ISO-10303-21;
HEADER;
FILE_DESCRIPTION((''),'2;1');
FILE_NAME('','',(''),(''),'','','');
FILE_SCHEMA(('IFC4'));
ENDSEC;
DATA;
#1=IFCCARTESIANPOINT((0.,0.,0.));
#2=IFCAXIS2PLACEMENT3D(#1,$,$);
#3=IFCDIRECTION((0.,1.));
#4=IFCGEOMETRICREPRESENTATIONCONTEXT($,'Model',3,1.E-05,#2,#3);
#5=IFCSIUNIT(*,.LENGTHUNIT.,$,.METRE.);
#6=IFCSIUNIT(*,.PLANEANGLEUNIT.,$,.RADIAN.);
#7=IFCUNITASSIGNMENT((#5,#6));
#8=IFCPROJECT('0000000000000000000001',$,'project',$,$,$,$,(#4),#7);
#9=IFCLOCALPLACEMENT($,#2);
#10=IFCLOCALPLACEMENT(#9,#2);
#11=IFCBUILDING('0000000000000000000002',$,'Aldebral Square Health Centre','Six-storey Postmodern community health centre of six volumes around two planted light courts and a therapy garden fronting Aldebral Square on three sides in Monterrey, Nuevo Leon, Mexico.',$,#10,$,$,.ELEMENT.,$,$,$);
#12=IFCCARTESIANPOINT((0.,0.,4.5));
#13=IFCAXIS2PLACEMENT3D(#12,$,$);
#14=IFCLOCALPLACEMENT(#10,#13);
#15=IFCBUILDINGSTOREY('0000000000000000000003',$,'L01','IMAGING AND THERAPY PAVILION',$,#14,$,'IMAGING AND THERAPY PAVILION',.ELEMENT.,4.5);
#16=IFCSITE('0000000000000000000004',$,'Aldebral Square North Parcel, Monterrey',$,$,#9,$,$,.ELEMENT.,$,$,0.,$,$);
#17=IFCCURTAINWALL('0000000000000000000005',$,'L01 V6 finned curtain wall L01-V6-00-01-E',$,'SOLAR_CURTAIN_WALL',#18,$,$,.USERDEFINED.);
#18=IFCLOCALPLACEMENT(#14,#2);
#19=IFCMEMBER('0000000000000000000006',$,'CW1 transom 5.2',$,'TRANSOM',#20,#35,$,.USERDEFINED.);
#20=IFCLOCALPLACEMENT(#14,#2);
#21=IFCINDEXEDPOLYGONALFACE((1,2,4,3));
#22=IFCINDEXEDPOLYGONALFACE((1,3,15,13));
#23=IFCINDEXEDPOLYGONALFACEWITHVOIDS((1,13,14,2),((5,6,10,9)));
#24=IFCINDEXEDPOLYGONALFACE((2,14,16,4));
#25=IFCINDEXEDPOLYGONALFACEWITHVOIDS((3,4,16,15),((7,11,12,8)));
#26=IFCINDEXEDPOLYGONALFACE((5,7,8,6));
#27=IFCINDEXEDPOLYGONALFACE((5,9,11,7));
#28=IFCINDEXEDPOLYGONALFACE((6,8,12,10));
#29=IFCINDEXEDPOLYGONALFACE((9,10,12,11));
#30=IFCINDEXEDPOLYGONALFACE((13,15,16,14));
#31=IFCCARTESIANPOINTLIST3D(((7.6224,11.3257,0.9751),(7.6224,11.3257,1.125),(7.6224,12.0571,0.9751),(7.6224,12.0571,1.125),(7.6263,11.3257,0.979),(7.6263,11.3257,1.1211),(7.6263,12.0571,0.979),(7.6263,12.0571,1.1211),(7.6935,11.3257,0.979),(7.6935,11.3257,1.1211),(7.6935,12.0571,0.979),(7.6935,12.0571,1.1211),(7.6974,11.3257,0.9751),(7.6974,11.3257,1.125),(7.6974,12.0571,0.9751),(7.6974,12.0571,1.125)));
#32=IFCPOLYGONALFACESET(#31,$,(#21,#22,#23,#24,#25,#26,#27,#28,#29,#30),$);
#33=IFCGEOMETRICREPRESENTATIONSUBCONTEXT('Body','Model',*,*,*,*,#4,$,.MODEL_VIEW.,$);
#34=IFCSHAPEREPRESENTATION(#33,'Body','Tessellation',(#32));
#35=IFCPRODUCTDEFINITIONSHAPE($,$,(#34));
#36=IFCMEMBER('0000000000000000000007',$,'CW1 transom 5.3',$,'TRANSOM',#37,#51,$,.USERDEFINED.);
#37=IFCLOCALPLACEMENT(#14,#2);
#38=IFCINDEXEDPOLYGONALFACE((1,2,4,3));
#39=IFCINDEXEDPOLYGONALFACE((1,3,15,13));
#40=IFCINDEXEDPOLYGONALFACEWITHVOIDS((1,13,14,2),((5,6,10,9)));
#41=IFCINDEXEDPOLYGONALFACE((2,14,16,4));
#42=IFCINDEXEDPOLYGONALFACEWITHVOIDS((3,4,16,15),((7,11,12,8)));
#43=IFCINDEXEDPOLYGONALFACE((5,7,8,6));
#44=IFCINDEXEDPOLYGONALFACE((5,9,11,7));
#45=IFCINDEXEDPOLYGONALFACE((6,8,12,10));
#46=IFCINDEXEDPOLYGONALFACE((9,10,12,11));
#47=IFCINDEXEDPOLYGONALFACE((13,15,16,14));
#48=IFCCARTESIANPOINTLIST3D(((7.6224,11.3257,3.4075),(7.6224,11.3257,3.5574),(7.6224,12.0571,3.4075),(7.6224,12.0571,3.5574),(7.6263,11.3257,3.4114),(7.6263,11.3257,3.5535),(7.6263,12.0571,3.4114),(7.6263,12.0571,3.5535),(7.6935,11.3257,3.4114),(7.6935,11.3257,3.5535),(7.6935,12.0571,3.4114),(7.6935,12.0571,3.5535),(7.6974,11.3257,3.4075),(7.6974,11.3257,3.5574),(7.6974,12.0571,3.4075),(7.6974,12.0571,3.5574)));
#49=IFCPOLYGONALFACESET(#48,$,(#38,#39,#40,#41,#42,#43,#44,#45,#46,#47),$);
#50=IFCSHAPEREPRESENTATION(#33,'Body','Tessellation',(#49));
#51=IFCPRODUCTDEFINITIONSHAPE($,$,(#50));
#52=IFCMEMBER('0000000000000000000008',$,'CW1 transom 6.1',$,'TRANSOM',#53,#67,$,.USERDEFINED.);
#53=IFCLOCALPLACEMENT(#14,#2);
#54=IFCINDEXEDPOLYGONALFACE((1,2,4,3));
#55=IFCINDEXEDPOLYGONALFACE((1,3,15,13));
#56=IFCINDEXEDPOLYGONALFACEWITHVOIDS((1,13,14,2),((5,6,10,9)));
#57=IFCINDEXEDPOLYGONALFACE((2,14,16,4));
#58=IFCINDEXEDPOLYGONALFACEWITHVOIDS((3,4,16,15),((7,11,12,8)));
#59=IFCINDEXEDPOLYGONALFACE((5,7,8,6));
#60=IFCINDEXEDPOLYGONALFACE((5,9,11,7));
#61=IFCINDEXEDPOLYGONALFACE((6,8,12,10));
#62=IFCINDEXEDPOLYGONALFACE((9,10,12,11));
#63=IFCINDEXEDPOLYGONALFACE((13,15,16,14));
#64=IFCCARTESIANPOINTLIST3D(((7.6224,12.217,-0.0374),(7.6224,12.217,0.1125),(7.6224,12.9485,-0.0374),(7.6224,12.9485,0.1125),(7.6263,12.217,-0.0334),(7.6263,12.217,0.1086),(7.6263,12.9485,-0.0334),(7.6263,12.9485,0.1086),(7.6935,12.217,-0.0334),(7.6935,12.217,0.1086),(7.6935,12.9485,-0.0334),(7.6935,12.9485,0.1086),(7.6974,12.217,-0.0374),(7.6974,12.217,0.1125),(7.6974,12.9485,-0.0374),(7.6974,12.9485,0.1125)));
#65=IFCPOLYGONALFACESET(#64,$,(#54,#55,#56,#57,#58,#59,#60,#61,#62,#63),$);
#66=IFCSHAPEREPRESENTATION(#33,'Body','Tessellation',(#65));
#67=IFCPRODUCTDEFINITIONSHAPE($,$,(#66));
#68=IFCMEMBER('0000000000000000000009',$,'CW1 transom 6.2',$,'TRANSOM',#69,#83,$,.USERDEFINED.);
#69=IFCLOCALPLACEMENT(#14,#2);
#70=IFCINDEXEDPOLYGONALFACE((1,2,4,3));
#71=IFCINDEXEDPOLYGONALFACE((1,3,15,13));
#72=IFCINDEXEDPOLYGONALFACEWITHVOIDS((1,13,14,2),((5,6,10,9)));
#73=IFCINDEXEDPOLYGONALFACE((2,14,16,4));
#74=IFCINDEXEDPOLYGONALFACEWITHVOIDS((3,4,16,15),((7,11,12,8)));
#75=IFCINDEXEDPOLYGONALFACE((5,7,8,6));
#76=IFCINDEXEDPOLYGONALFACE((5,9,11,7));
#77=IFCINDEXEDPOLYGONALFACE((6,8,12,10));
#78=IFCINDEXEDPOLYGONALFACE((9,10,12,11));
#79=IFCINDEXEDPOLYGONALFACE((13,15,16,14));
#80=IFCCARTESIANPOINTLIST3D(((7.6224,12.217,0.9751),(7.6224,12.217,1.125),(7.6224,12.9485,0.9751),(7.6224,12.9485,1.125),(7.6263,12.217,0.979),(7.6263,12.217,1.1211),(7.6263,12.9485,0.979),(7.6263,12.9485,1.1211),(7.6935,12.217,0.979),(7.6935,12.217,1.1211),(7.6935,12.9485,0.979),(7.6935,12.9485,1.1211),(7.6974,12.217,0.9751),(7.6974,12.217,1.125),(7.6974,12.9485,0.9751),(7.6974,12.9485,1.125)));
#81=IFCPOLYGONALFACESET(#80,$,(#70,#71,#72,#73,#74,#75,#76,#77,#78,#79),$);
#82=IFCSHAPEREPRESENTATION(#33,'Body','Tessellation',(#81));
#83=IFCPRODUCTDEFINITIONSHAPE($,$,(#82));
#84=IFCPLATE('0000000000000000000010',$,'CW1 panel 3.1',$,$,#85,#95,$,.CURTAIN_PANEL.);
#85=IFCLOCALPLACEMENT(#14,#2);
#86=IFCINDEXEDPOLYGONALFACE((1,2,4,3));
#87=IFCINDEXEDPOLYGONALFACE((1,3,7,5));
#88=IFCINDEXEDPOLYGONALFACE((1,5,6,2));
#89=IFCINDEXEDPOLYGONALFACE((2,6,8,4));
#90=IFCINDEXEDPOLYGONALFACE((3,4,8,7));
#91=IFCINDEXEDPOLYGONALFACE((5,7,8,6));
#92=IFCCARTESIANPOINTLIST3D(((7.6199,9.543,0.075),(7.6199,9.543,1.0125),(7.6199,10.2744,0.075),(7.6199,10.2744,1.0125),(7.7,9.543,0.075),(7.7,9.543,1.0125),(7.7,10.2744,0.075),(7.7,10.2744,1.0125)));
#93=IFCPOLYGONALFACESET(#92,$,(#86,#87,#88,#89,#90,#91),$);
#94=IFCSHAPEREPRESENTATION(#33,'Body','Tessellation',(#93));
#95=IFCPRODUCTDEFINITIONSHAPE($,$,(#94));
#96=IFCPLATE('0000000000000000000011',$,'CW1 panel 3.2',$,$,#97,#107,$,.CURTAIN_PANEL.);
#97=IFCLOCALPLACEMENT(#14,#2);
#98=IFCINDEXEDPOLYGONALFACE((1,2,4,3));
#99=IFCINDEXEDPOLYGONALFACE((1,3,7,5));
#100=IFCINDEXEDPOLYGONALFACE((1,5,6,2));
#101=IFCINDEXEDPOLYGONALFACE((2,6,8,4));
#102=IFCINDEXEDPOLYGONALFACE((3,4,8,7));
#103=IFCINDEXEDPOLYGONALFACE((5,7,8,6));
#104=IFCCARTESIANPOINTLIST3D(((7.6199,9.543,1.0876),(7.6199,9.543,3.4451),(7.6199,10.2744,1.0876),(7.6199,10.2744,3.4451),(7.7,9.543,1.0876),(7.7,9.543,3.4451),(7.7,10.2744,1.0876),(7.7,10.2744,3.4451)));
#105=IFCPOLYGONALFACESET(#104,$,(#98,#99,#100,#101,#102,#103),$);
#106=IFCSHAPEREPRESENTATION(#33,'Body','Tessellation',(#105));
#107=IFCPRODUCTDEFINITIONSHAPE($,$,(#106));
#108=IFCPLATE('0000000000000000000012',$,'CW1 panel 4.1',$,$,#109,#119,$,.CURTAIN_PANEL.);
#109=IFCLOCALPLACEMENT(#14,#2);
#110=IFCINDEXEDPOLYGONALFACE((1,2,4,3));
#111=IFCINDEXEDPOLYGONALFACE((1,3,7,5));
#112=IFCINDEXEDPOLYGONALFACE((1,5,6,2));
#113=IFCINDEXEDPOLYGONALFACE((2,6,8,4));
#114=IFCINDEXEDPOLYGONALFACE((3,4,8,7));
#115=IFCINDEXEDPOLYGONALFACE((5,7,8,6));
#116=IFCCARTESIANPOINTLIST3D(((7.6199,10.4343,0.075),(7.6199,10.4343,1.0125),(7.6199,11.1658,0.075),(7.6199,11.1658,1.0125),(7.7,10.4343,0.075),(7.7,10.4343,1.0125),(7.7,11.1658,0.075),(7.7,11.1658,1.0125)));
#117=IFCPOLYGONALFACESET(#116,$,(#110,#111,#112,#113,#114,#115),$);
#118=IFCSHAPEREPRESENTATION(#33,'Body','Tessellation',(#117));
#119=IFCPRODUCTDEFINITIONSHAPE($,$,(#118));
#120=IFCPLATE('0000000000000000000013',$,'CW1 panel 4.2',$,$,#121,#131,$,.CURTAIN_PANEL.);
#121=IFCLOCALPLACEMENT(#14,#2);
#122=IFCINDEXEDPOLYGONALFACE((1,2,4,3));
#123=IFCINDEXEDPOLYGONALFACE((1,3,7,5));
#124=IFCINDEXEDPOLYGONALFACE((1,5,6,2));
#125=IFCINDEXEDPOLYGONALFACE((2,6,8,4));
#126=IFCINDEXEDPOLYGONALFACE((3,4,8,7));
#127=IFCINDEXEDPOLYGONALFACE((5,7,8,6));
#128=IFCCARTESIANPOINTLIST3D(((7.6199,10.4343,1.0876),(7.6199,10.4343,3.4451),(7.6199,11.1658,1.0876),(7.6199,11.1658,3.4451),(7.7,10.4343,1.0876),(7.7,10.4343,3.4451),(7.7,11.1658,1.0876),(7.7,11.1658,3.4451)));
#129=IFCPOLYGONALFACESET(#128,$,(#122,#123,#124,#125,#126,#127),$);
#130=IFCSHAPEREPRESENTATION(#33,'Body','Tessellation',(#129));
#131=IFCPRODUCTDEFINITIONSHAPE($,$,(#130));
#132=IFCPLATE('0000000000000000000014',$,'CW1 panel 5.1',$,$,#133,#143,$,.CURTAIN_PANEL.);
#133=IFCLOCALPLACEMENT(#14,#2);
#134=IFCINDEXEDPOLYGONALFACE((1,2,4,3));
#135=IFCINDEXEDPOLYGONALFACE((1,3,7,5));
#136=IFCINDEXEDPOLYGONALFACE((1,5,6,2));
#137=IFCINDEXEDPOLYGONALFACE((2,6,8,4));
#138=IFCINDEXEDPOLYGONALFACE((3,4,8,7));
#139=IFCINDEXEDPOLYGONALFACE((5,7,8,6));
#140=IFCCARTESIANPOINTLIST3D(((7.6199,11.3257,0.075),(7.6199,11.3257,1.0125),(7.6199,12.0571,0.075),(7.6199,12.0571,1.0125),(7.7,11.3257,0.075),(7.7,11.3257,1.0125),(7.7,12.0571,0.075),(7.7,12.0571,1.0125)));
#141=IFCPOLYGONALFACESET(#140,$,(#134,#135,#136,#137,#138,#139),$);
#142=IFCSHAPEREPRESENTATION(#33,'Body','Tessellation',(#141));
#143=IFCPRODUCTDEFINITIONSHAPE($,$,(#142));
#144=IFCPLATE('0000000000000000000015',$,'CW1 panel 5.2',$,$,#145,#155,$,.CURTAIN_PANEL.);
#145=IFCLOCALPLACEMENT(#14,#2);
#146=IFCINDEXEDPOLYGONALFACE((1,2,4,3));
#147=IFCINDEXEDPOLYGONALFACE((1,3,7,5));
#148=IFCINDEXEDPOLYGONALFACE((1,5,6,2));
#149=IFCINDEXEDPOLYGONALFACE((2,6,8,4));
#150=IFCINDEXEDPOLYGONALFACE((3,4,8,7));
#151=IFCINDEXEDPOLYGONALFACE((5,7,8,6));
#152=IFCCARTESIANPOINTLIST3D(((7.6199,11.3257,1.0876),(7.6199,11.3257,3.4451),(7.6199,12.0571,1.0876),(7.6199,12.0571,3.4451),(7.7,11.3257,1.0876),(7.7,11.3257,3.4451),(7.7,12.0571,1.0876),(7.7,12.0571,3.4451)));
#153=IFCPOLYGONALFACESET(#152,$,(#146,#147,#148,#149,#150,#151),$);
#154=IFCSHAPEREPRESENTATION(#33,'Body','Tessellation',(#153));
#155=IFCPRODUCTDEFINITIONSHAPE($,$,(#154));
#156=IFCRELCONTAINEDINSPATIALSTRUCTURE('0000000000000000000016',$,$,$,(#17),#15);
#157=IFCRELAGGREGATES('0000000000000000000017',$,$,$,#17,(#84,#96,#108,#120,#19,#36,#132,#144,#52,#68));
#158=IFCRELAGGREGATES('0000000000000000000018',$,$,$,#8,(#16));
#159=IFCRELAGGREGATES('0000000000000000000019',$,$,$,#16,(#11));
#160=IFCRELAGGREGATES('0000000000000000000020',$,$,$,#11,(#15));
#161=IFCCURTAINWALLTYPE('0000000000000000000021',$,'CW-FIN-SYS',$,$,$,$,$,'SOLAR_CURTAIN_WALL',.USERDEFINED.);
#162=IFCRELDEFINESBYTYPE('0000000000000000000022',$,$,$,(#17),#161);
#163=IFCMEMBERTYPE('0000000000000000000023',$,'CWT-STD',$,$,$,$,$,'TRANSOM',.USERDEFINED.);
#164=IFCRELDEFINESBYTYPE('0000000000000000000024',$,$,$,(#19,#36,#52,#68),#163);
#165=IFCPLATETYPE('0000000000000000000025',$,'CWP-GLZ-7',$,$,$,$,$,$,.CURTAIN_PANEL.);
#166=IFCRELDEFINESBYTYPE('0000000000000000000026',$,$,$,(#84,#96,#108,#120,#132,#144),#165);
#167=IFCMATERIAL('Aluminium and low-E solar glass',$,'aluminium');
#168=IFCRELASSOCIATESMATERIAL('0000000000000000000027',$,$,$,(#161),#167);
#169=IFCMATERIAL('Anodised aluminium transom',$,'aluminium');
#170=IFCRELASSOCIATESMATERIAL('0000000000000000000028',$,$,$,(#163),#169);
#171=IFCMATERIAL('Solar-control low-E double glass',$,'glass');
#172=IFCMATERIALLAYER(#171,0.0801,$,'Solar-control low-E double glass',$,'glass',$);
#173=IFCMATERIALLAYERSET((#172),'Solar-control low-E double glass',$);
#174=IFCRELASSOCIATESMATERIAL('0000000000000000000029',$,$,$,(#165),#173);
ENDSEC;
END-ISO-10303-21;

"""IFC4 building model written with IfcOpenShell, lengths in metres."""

from ifc_helpers import new_model, si_unit, direction, frame, origin, origin_2d, place, context, subcontext, project, spatial, rectangle, hollow_rectangle, extrude, material, layer, layer_set, material_profile, profile_set, type_object, element, aggregate, save


model = new_model("IFC4")

# Units and contexts
model_context = context("Model", 3, precision=1e-05, world=origin(), true_north=direction((0.0, 1.0)))
body_context = subcontext(model_context, "Body", "Model", "MODEL_VIEW")
ifc_project = project(units=[si_unit("LENGTHUNIT", "METRE"), si_unit("PLANEANGLEUNIT", "RADIAN")], contexts=[model_context])

# Site, building, storey
site_placement = place(None, origin())
site = spatial("IfcSite", under=ifc_project, at=site_placement, Name="Aldebral Square North Parcel, Monterrey", CompositionType="ELEMENT", RefElevation=0.0)
building_placement = place(site_placement, origin())
building = spatial("IfcBuilding", under=site, at=building_placement, Name="Aldebral Square Health Centre", Description="Six-storey Postmodern community health centre of six volumes around two planted light courts and a therapy garden fronting Aldebral Square on three sides in Monterrey, Nuevo Leon, Mexico.", CompositionType="ELEMENT")
storey_placement = place(building_placement, frame((0.0, 0.0, 4.5)))
storey = spatial("IfcBuildingStorey", under=building, at=storey_placement, Name="L01", Description="IMAGING AND THERAPY PAVILION", LongName="IMAGING AND THERAPY PAVILION", CompositionType="ELEMENT", Elevation=4.5)

# Curtain wall, members, plates
ifc_material_1 = material(Name="Aluminium and low-E solar glass", Category="aluminium")
curtain_wall_type = type_object("IfcCurtainWallType", Name="CW-FIN-SYS", ElementType="SOLAR_CURTAIN_WALL", PredefinedType="USERDEFINED", material=ifc_material_1)
curtain_wall_placement = place(storey_placement, origin())
curtain_wall = element("IfcCurtainWall", 1, at=curtain_wall_placement, inside=storey, type_object=curtain_wall_type, Name="L01 V6 finned curtain wall L01-V6-00-01-E", ObjectType="SOLAR_CURTAIN_WALL", PredefinedType="USERDEFINED")
ifc_material_2 = material(Name="Anodised aluminium transom", Category="aluminium")
ifc_material_profile_1 = material_profile(ifc_material_2, hollow_rectangle(XDim=0.075, YDim=0.1499, WallThickness=0.0039, at=origin_2d()), Name="CWT 75x150x4")
ifc_profile_set_1 = profile_set([ifc_material_profile_1], Name="Anodised aluminium transom")
member_type_1 = type_object("IfcMemberType", Name="CWT-STD", ElementType="TRANSOM", PredefinedType="USERDEFINED", material=ifc_profile_set_1)
member_1_placement = place(storey_placement, frame((7.6599, 11.3257, 1.05), z_axis=(0.0, 1.0, 0.0), x_axis=(-1.0, 0.0, 0.0)))
member_1 = element("IfcMember", 2, at=member_1_placement, type_object=member_type_1, Name="CW1 transom 5.2", ObjectType="TRANSOM", PredefinedType="USERDEFINED", context=body_context, shape_type="SweptSolid", body=[
    extrude(hollow_rectangle(XDim=0.075, YDim=0.1499, WallThickness=0.0039, at=origin_2d()), origin(), (0.0, 0.0, 1.0), 0.7314),
])
member_2_placement = place(storey_placement, frame((7.6599, 11.3257, 3.4824), z_axis=(0.0, 1.0, 0.0), x_axis=(-1.0, 0.0, 0.0)))
member_2 = element("IfcMember", 3, at=member_2_placement, type_object=member_type_1, Name="CW1 transom 5.3", ObjectType="TRANSOM", PredefinedType="USERDEFINED", context=body_context, shape_type="SweptSolid", body=[
    extrude(hollow_rectangle(XDim=0.075, YDim=0.1499, WallThickness=0.0039, at=origin_2d()), origin(), (0.0, 0.0, 1.0), 0.7314),
])
member_3_placement = place(storey_placement, frame((7.6599, 12.217, 0.0376), z_axis=(0.0, 1.0, 0.0), x_axis=(-1.0, 0.0, 0.0)))
member_3 = element("IfcMember", 4, at=member_3_placement, type_object=member_type_1, Name="CW1 transom 6.1", ObjectType="TRANSOM", PredefinedType="USERDEFINED", context=body_context, shape_type="SweptSolid", body=[
    extrude(hollow_rectangle(XDim=0.075, YDim=0.1499, WallThickness=0.0039, at=origin_2d()), origin(), (0.0, 0.0, 1.0), 0.7314),
])
member_4_placement = place(storey_placement, frame((7.6599, 12.217, 1.05), z_axis=(0.0, 1.0, 0.0), x_axis=(-1.0, 0.0, 0.0)))
member_4 = element("IfcMember", 5, at=member_4_placement, type_object=member_type_1, Name="CW1 transom 6.2", ObjectType="TRANSOM", PredefinedType="USERDEFINED", context=body_context, shape_type="SweptSolid", body=[
    extrude(hollow_rectangle(XDim=0.075, YDim=0.1499, WallThickness=0.0039, at=origin_2d()), origin(), (0.0, 0.0, 1.0), 0.7314),
])
ifc_material_3 = material(Name="Solar-control low-E double glass", Category="glass")
ifc_layer = layer(ifc_material_3, 0.0801, Name="Solar-control low-E double glass", Category="glass")
ifc_layer_set = layer_set([ifc_layer], Name="Solar-control low-E double glass")
plate_type = type_object("IfcPlateType", Name="CWP-GLZ-7", PredefinedType="CURTAIN_PANEL", material=ifc_layer_set)
plate_1_placement = place(storey_placement, frame((7.6599, 9.9087, 0.075), z_axis=(0.0, 0.0, 1.0), x_axis=(0.0, 1.0, 0.0)))
plate_1 = element("IfcPlate", 6, at=plate_1_placement, type_object=plate_type, Name="CW1 panel 3.1", PredefinedType="CURTAIN_PANEL", context=body_context, shape_type="SweptSolid", body=[
    extrude(rectangle(XDim=0.7314, YDim=0.0801, at=origin_2d()), origin(), (0.0, 0.0, 1.0), 0.9375),
])
plate_2_placement = place(storey_placement, frame((7.6599, 9.9087, 1.0876), z_axis=(0.0, 0.0, 1.0), x_axis=(0.0, 1.0, 0.0)))
plate_2 = element("IfcPlate", 7, at=plate_2_placement, type_object=plate_type, Name="CW1 panel 3.2", PredefinedType="CURTAIN_PANEL", context=body_context, shape_type="SweptSolid", body=[
    extrude(rectangle(XDim=0.7314, YDim=0.0801, at=origin_2d()), origin(), (0.0, 0.0, 1.0), 2.3574),
])
plate_3_placement = place(storey_placement, frame((7.6599, 10.8, 0.075), z_axis=(0.0, 0.0, 1.0), x_axis=(0.0, 1.0, 0.0)))
plate_3 = element("IfcPlate", 8, at=plate_3_placement, type_object=plate_type, Name="CW1 panel 4.1", PredefinedType="CURTAIN_PANEL", context=body_context, shape_type="SweptSolid", body=[
    extrude(rectangle(XDim=0.7314, YDim=0.0801, at=origin_2d()), origin(), (0.0, 0.0, 1.0), 0.9375),
])
plate_4_placement = place(storey_placement, frame((7.6599, 10.8, 1.0876), z_axis=(0.0, 0.0, 1.0), x_axis=(0.0, 1.0, 0.0)))
plate_4 = element("IfcPlate", 9, at=plate_4_placement, type_object=plate_type, Name="CW1 panel 4.2", PredefinedType="CURTAIN_PANEL", context=body_context, shape_type="SweptSolid", body=[
    extrude(rectangle(XDim=0.7314, YDim=0.0801, at=origin_2d()), origin(), (0.0, 0.0, 1.0), 2.3574),
])
plate_5_placement = place(storey_placement, frame((7.6599, 11.6914, 0.075), z_axis=(0.0, 0.0, 1.0), x_axis=(0.0, 1.0, 0.0)))
plate_5 = element("IfcPlate", 10, at=plate_5_placement, type_object=plate_type, Name="CW1 panel 5.1", PredefinedType="CURTAIN_PANEL", context=body_context, shape_type="SweptSolid", body=[
    extrude(rectangle(XDim=0.7314, YDim=0.0801, at=origin_2d()), origin(), (0.0, 0.0, 1.0), 0.9375),
])
plate_6_placement = place(storey_placement, frame((7.6599, 11.6914, 1.0876), z_axis=(0.0, 0.0, 1.0), x_axis=(0.0, 1.0, 0.0)))
plate_6 = element("IfcPlate", 11, at=plate_6_placement, type_object=plate_type, Name="CW1 panel 5.2", PredefinedType="CURTAIN_PANEL", context=body_context, shape_type="SweptSolid", body=[
    extrude(rectangle(XDim=0.7314, YDim=0.0801, at=origin_2d()), origin(), (0.0, 0.0, 1.0), 2.3574),
])
aggregate(curtain_wall, [plate_1, plate_2, plate_3, plate_4, member_1, member_2, plate_5, plate_6, member_3, member_4])

save(model, "model.ifc")
